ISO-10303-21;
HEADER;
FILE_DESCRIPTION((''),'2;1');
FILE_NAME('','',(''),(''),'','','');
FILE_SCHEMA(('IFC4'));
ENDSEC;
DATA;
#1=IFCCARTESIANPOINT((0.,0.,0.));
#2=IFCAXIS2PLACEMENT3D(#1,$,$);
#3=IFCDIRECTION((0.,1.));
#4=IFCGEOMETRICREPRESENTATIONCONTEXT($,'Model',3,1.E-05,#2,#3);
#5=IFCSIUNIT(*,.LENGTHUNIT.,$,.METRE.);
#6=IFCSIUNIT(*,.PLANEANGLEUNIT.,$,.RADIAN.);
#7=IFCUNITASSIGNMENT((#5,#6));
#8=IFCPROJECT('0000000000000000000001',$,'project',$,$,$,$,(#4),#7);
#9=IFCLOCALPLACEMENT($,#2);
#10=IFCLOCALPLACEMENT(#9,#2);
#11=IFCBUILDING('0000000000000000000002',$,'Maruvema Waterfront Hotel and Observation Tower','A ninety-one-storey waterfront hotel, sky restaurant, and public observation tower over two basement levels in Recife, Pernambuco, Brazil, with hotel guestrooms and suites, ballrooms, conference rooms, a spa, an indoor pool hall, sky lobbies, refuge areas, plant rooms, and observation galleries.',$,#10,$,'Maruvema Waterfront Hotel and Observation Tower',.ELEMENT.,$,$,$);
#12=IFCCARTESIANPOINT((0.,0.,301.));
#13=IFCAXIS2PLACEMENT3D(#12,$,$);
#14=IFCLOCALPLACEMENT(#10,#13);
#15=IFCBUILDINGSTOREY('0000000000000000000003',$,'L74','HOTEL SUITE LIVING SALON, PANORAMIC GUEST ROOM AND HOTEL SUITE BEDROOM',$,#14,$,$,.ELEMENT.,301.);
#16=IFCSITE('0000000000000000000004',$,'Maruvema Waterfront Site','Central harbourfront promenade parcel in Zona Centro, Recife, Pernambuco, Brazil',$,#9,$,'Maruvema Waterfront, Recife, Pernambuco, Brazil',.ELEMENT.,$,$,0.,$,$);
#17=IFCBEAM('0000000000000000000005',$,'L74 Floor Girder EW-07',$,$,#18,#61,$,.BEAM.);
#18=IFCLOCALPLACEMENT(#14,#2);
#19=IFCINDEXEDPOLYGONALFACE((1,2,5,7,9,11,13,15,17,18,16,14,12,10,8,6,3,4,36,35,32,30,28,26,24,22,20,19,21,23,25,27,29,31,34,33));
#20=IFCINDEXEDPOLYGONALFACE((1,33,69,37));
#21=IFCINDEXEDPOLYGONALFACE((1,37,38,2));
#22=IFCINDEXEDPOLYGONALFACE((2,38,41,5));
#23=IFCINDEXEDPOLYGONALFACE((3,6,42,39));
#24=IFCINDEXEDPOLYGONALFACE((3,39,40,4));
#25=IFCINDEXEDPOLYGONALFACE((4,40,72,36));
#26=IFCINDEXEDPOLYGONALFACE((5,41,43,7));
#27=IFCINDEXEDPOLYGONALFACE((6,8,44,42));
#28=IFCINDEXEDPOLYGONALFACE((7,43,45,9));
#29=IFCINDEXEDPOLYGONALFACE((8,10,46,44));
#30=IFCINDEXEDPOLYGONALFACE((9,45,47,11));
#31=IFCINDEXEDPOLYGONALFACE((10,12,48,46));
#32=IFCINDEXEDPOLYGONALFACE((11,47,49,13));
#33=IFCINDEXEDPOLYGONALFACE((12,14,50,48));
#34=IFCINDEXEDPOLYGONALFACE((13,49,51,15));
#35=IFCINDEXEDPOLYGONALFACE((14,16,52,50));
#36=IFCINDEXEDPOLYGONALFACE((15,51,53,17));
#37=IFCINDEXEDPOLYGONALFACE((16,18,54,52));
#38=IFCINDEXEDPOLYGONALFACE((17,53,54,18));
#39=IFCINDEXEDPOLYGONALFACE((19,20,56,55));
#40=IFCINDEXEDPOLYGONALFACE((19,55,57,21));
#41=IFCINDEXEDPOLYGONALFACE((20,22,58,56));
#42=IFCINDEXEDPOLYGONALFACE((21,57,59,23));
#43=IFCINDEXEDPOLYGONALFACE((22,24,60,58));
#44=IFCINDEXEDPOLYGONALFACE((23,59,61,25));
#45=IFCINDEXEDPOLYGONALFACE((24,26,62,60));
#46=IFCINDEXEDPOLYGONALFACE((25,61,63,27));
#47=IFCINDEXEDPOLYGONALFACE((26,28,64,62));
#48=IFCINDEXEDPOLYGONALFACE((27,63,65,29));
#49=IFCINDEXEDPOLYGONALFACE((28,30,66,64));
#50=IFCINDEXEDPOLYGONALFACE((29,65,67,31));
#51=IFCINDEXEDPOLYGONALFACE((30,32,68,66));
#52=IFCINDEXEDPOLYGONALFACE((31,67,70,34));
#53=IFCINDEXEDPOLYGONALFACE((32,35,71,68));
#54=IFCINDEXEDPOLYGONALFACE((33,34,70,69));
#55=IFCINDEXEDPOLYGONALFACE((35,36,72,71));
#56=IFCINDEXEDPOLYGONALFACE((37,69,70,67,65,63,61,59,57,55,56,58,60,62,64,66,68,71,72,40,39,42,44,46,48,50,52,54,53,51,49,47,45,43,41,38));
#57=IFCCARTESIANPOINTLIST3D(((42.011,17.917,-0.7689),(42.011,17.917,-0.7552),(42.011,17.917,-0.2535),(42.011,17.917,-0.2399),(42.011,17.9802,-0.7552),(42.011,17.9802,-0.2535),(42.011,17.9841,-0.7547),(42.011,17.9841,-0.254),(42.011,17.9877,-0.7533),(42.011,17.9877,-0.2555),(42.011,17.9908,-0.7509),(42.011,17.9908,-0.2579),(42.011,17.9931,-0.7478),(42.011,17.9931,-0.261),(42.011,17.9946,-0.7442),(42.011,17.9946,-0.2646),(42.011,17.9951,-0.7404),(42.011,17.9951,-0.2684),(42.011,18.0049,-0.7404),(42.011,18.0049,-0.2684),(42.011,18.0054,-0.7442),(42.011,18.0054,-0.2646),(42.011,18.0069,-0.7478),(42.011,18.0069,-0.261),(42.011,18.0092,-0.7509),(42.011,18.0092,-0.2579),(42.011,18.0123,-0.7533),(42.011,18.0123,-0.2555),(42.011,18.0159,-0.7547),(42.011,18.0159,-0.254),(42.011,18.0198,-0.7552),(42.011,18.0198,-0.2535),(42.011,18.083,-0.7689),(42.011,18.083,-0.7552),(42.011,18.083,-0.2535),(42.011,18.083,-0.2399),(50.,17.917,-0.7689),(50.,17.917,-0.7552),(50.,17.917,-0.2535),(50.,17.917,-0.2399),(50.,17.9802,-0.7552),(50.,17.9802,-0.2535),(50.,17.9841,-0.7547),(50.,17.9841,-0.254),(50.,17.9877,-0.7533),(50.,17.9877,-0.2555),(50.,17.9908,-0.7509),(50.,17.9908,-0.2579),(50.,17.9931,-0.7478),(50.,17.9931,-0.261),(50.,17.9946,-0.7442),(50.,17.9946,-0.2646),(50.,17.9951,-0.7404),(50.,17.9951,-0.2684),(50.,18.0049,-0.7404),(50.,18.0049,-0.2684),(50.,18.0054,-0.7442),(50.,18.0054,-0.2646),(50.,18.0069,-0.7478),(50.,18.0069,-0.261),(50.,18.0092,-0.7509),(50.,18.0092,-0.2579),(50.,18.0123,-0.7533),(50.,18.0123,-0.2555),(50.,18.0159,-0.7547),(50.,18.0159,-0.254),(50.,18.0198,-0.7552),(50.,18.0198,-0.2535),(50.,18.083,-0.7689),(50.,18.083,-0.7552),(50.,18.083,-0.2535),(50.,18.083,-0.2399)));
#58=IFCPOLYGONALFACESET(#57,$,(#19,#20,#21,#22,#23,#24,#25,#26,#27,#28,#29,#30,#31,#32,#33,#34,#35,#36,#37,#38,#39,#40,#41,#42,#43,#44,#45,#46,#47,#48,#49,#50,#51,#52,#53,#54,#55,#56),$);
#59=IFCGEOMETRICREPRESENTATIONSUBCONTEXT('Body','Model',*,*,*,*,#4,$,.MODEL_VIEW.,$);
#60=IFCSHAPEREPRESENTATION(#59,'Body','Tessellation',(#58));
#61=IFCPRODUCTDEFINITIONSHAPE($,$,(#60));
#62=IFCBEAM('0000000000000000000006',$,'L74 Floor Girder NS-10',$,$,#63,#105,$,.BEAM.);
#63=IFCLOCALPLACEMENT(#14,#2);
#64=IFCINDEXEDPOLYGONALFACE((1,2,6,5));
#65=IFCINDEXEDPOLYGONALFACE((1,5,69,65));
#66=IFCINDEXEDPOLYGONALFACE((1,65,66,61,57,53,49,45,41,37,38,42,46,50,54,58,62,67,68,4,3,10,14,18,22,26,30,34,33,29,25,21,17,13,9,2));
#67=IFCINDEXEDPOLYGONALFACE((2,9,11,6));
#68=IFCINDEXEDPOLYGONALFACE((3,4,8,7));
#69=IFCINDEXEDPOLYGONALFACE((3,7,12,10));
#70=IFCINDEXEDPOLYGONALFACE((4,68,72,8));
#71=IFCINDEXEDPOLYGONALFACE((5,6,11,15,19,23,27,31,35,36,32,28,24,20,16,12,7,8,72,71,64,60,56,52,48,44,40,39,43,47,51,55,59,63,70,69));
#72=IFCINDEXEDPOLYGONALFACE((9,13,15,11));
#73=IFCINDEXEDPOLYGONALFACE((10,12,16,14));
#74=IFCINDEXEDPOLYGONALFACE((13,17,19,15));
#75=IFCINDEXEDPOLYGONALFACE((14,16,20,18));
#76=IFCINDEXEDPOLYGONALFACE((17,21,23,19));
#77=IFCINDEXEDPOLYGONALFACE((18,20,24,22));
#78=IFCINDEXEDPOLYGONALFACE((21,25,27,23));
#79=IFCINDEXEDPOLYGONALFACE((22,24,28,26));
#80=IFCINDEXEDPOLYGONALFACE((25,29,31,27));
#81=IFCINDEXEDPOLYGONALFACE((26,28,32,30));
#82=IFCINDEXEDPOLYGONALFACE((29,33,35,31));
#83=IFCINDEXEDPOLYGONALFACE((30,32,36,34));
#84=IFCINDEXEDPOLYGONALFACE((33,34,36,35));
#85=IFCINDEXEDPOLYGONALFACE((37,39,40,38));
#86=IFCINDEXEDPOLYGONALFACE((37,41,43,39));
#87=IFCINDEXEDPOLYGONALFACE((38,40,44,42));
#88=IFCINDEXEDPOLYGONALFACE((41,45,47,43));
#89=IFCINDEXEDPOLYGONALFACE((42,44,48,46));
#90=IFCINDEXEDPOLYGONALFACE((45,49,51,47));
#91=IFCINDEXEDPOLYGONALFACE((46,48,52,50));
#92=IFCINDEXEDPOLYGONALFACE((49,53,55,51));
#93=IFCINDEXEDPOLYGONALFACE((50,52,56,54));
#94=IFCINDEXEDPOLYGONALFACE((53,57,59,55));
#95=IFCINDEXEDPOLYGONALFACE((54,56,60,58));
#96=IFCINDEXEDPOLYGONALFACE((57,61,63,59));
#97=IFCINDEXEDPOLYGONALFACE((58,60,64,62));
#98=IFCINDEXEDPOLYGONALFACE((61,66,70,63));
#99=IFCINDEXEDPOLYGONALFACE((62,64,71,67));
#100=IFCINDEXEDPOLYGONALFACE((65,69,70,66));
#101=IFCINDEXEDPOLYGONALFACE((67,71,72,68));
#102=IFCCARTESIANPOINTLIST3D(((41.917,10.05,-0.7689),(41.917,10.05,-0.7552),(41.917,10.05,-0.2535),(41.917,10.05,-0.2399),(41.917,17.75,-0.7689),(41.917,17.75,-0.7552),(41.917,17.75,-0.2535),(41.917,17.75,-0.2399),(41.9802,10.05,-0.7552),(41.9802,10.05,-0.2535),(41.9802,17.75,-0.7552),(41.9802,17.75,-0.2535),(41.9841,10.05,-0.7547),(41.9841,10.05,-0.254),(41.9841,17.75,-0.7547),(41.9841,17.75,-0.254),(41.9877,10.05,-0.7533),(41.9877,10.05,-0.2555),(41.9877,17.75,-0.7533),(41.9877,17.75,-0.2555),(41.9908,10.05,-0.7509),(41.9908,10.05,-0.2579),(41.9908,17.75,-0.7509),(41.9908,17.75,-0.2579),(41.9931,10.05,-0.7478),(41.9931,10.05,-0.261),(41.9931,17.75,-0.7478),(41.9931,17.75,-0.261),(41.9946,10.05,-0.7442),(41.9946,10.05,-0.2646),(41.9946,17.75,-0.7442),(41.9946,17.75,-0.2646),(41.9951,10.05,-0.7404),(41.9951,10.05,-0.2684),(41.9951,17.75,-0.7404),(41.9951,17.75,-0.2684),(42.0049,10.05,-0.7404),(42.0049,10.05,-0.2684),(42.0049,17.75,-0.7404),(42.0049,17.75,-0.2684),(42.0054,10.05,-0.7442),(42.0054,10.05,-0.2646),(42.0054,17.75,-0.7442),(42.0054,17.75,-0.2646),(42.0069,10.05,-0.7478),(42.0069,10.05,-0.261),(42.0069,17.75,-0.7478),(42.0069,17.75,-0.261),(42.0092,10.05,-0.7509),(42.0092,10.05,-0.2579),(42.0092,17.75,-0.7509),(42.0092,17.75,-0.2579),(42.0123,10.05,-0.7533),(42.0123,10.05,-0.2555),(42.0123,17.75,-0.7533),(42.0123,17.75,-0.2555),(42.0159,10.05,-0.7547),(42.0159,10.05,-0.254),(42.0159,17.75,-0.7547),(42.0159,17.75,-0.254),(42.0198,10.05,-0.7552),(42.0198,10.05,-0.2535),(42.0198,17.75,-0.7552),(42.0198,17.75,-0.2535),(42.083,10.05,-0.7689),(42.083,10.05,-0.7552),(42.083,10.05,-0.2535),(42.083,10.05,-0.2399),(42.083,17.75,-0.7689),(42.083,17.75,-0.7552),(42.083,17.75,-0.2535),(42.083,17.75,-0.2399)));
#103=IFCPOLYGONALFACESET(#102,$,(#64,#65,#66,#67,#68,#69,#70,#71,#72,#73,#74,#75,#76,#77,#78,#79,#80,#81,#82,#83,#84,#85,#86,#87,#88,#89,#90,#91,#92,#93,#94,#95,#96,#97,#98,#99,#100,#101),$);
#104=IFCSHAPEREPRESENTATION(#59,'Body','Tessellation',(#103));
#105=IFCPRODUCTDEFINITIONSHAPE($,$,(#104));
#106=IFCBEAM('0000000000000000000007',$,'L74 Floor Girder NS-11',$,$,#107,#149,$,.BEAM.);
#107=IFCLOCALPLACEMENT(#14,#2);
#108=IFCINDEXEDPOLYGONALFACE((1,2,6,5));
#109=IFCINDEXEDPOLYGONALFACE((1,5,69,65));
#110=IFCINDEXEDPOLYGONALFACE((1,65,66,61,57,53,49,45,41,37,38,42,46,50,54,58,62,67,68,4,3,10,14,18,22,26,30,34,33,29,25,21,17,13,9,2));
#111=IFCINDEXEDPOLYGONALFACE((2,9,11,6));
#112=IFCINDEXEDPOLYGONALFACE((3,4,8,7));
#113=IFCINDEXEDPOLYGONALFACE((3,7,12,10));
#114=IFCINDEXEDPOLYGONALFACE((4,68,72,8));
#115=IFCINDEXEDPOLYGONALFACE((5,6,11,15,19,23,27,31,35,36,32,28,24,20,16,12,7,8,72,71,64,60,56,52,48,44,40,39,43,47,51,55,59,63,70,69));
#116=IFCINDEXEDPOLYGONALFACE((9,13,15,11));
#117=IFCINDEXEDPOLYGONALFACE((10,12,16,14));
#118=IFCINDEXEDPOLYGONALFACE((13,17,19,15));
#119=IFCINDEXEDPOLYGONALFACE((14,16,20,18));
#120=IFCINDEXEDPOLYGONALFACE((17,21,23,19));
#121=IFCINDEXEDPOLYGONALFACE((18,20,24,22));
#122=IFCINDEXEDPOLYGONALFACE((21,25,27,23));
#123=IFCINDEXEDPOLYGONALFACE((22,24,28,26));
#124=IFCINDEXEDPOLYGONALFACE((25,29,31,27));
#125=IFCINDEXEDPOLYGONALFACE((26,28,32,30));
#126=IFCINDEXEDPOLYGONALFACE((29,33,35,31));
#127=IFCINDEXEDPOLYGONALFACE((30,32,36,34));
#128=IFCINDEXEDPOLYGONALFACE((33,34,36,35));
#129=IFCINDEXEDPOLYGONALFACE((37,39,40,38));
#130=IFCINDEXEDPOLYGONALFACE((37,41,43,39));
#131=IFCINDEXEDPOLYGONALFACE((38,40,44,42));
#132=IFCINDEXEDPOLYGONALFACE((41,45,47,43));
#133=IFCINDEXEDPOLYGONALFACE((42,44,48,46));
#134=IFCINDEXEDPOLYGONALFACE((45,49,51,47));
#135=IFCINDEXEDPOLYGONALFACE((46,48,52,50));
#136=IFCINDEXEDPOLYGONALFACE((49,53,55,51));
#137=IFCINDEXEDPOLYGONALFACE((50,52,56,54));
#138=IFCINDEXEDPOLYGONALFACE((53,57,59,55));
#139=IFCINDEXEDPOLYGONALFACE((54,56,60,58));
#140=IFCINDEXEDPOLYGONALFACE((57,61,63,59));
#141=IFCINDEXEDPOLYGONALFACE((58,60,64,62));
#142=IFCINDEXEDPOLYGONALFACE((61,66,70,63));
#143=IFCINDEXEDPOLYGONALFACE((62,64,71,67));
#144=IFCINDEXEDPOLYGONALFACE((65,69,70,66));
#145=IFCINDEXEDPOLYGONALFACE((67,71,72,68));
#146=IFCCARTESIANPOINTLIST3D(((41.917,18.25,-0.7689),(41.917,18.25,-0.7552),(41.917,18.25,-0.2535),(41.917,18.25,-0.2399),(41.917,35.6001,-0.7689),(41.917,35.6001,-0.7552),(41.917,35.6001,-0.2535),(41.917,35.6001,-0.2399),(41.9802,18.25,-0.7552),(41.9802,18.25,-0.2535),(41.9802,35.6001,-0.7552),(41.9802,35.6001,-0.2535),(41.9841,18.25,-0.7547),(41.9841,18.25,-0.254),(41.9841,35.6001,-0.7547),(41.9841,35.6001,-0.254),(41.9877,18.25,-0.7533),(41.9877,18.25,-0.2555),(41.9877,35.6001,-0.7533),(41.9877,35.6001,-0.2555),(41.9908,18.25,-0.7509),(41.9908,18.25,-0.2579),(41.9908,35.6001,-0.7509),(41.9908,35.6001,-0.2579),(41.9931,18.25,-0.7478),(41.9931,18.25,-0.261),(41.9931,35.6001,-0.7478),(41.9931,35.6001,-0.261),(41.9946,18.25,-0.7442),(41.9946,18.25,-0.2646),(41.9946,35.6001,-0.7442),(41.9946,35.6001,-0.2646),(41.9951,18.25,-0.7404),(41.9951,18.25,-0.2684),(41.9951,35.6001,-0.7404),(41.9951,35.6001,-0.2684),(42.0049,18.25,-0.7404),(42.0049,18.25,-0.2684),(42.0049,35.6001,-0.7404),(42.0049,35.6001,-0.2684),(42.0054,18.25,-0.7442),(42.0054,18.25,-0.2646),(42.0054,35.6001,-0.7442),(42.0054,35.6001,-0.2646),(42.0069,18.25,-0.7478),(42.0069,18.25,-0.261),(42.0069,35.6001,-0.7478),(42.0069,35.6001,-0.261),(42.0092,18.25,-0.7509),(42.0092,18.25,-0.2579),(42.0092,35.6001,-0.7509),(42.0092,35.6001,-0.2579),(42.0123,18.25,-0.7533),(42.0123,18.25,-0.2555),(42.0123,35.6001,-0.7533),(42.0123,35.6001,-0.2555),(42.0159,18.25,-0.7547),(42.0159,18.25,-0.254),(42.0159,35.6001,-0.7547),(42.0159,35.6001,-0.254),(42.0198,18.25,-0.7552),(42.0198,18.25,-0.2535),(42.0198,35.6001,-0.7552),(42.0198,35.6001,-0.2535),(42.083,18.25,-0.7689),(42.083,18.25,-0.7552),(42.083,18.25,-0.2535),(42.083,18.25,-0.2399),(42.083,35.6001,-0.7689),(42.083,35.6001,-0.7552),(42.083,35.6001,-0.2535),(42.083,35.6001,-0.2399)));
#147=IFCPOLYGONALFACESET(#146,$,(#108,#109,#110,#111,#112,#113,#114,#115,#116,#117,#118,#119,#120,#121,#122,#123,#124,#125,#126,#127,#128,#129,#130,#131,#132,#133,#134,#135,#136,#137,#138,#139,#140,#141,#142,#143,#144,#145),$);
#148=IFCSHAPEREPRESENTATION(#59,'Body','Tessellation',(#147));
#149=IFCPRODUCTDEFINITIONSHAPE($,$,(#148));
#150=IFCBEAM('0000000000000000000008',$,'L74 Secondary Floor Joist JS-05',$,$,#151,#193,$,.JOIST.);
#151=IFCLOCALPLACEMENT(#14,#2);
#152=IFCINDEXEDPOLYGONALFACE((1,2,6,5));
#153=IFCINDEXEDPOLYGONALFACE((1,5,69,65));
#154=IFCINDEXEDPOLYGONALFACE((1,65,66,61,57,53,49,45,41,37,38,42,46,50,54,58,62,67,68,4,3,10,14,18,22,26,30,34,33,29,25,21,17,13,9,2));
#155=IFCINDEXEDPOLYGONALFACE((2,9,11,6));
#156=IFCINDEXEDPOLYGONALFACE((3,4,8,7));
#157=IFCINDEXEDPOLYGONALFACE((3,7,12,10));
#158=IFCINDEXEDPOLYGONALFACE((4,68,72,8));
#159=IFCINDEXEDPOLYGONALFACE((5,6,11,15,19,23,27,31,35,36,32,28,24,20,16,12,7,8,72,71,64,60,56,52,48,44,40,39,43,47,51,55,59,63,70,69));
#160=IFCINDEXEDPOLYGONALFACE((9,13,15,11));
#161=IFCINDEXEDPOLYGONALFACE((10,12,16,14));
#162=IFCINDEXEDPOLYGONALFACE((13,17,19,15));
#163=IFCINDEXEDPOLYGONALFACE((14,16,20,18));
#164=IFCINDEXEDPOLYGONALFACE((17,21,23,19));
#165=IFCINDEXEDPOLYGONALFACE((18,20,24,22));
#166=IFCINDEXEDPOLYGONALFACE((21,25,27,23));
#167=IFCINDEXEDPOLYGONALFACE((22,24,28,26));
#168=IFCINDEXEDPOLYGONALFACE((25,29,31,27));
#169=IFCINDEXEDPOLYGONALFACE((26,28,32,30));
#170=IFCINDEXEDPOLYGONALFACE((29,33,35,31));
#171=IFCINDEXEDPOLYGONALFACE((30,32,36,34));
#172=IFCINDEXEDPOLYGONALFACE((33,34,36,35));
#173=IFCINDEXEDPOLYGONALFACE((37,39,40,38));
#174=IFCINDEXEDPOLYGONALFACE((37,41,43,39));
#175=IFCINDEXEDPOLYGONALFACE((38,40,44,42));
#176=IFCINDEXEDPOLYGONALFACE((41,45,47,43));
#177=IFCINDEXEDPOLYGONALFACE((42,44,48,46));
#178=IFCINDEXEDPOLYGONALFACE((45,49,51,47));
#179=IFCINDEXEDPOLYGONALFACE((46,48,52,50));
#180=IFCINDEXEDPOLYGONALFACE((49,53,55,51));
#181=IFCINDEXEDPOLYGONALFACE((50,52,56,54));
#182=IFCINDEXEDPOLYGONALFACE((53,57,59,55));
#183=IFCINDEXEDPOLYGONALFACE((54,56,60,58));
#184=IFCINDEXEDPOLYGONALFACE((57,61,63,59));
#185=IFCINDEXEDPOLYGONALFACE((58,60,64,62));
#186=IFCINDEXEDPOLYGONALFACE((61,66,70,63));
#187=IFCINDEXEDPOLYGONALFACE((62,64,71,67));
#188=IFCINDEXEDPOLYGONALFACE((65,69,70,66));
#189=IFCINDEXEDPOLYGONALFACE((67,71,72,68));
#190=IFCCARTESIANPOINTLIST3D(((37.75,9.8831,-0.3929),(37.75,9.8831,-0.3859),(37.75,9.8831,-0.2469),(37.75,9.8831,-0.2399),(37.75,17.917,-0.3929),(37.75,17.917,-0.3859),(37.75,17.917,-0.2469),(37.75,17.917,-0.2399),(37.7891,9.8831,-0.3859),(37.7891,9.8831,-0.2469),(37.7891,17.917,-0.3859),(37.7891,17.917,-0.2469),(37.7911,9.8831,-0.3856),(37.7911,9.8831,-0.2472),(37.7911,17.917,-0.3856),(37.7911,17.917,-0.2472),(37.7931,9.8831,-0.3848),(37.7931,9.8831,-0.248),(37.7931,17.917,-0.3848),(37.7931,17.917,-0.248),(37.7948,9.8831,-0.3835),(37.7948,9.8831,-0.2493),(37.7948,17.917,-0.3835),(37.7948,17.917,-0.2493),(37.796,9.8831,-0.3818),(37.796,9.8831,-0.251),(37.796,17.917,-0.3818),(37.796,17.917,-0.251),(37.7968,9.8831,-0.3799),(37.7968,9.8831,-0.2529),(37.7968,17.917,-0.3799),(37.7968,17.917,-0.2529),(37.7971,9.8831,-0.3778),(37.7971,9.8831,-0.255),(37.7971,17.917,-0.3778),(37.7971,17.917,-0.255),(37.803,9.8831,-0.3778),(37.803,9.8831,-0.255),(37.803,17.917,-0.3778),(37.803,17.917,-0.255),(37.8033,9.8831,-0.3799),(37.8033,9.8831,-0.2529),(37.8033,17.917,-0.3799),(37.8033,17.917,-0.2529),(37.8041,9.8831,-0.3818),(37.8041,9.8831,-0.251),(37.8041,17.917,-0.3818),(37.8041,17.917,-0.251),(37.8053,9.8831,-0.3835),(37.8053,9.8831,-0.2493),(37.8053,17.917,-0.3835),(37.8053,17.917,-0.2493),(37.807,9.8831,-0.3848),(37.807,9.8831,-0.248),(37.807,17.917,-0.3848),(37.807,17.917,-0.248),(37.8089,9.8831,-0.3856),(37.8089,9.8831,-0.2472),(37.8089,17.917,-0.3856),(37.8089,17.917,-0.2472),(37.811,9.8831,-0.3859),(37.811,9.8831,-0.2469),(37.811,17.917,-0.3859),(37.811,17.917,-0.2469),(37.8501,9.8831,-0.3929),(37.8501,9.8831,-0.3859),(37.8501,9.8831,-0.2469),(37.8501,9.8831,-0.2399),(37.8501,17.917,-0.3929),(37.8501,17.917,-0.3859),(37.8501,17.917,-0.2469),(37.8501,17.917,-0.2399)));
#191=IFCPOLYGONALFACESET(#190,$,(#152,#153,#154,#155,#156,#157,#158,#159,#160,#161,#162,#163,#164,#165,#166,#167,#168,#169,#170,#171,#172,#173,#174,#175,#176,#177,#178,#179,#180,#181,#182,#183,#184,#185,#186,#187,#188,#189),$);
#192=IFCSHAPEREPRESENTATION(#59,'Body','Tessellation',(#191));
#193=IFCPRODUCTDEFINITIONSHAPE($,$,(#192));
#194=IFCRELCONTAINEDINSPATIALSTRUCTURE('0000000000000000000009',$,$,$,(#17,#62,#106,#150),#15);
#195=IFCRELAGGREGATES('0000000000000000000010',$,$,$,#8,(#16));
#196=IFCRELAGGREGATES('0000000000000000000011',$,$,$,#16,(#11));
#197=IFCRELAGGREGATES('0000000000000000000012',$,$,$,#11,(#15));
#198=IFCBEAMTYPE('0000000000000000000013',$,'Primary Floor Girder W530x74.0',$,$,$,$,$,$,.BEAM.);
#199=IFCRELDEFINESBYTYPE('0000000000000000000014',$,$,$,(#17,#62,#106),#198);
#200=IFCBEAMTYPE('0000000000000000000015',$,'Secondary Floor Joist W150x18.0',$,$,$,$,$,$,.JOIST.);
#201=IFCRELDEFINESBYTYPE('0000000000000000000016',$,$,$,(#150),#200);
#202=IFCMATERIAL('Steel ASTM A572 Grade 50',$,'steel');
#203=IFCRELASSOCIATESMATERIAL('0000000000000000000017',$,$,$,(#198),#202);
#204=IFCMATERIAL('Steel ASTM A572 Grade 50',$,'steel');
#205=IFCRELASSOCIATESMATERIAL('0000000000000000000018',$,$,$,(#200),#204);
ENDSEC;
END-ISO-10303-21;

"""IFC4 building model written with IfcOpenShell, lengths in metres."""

from ifc_helpers import new_model, si_unit, direction, frame, origin, origin_2d, place, context, subcontext, project, spatial, i_section, extrude, material, material_profile, profile_set, type_object, element, save


model = new_model("IFC4")

# Units and contexts
model_context = context("Model", 3, precision=1e-05, world=origin(), true_north=direction((0.0, 1.0)))
body_context = subcontext(model_context, "Body", "Model", "MODEL_VIEW")
ifc_project = project(units=[si_unit("LENGTHUNIT", "METRE"), si_unit("PLANEANGLEUNIT", "RADIAN")], contexts=[model_context])

# Site, building, storey
site_placement = place(None, origin())
site = spatial("IfcSite", under=ifc_project, at=site_placement, Name="Maruvema Waterfront Site", Description="Central harbourfront promenade parcel in Zona Centro, Recife, Pernambuco, Brazil", LongName="Maruvema Waterfront, Recife, Pernambuco, Brazil", CompositionType="ELEMENT", RefElevation=0.0)
building_placement = place(site_placement, origin())
building = spatial("IfcBuilding", under=site, at=building_placement, Name="Maruvema Waterfront Hotel and Observation Tower", Description="A ninety-one-storey waterfront hotel, sky restaurant, and public observation tower over two basement levels in Recife, Pernambuco, Brazil, with hotel guestrooms and suites, ballrooms, conference rooms, a spa, an indoor pool hall, sky lobbies, refuge areas, plant rooms, and observation galleries.", LongName="Maruvema Waterfront Hotel and Observation Tower", CompositionType="ELEMENT")
storey_placement = place(building_placement, frame((0.0, 0.0, 301.0)))
storey = spatial("IfcBuildingStorey", under=building, at=storey_placement, Name="L74", Description="HOTEL SUITE LIVING SALON, PANORAMIC GUEST ROOM AND HOTEL SUITE BEDROOM", CompositionType="ELEMENT", Elevation=301.0)

# Beams
ifc_material_1 = material(Name="Steel ASTM A572 Grade 50", Category="steel")
ifc_material_profile_1 = material_profile(ifc_material_1, i_section(OverallWidth=0.166, OverallDepth=0.5291, WebThickness=0.0098, FlangeThickness=0.0137, FilletRadius=0.0149, at=origin_2d()), Name="W530x74.0")
ifc_profile_set_1 = profile_set([ifc_material_profile_1], Name="Steel ASTM A572 Grade 50")
beam_type_1 = type_object("IfcBeamType", Name="Primary Floor Girder W530x74.0", PredefinedType="BEAM", material=ifc_profile_set_1)
beam_1_placement = place(storey_placement, frame((42.011, 18.0, -0.5044), z_axis=(1.0, 0.0, 0.0), x_axis=(0.0, 1.0, 0.0)))
element("IfcBeam", 1, at=beam_1_placement, inside=storey, type_object=beam_type_1, Name="L74 Floor Girder EW-07", PredefinedType="BEAM", context=body_context, shape_type="SweptSolid", body=[
    extrude(i_section(OverallWidth=0.166, OverallDepth=0.5291, WebThickness=0.0098, FlangeThickness=0.0137, FilletRadius=0.0149, at=origin_2d()), origin(), (0.0, 0.0, 1.0), 7.989),
])
beam_2_placement = place(storey_placement, frame((42.0, 10.05, -0.5044), z_axis=(0.0, 1.0, 0.0), x_axis=(-1.0, 0.0, 0.0)))
element("IfcBeam", 2, at=beam_2_placement, inside=storey, type_object=beam_type_1, Name="L74 Floor Girder NS-10", PredefinedType="BEAM", context=body_context, shape_type="SweptSolid", body=[
    extrude(i_section(OverallWidth=0.166, OverallDepth=0.5291, WebThickness=0.0098, FlangeThickness=0.0137, FilletRadius=0.0149, at=origin_2d()), origin(), (0.0, 0.0, 1.0), 7.7),
])
beam_3_placement = place(storey_placement, frame((42.0, 18.25, -0.5044), z_axis=(0.0, 1.0, 0.0), x_axis=(-1.0, 0.0, 0.0)))
element("IfcBeam", 3, at=beam_3_placement, inside=storey, type_object=beam_type_1, Name="L74 Floor Girder NS-11", PredefinedType="BEAM", context=body_context, shape_type="SweptSolid", body=[
    extrude(i_section(OverallWidth=0.166, OverallDepth=0.5291, WebThickness=0.0098, FlangeThickness=0.0137, FilletRadius=0.0149, at=origin_2d()), origin(), (0.0, 0.0, 1.0), 17.3501),
])
ifc_material_2 = material(Name="Steel ASTM A572 Grade 50", Category="steel")
ifc_material_profile_2 = material_profile(ifc_material_2, i_section(OverallWidth=0.1001, OverallDepth=0.1531, WebThickness=0.0059, FlangeThickness=0.0071, FilletRadius=0.0081, at=origin_2d()), Name="W150x18.0")
ifc_profile_set_2 = profile_set([ifc_material_profile_2], Name="Steel ASTM A572 Grade 50")
beam_type_2 = type_object("IfcBeamType", Name="Secondary Floor Joist W150x18.0", PredefinedType="JOIST", material=ifc_profile_set_2)
beam_4_placement = place(storey_placement, frame((37.8, 9.8831, -0.3164), z_axis=(0.0, 1.0, 0.0), x_axis=(-1.0, 0.0, 0.0)))
element("IfcBeam", 4, at=beam_4_placement, inside=storey, type_object=beam_type_2, Name="L74 Secondary Floor Joist JS-05", PredefinedType="JOIST", context=body_context, shape_type="SweptSolid", body=[
    extrude(i_section(OverallWidth=0.1001, OverallDepth=0.1531, WebThickness=0.0059, FlangeThickness=0.0071, FilletRadius=0.0081, at=origin_2d()), origin(), (0.0, 0.0, 1.0), 8.0339),
])

save(model, "model.ifc")
